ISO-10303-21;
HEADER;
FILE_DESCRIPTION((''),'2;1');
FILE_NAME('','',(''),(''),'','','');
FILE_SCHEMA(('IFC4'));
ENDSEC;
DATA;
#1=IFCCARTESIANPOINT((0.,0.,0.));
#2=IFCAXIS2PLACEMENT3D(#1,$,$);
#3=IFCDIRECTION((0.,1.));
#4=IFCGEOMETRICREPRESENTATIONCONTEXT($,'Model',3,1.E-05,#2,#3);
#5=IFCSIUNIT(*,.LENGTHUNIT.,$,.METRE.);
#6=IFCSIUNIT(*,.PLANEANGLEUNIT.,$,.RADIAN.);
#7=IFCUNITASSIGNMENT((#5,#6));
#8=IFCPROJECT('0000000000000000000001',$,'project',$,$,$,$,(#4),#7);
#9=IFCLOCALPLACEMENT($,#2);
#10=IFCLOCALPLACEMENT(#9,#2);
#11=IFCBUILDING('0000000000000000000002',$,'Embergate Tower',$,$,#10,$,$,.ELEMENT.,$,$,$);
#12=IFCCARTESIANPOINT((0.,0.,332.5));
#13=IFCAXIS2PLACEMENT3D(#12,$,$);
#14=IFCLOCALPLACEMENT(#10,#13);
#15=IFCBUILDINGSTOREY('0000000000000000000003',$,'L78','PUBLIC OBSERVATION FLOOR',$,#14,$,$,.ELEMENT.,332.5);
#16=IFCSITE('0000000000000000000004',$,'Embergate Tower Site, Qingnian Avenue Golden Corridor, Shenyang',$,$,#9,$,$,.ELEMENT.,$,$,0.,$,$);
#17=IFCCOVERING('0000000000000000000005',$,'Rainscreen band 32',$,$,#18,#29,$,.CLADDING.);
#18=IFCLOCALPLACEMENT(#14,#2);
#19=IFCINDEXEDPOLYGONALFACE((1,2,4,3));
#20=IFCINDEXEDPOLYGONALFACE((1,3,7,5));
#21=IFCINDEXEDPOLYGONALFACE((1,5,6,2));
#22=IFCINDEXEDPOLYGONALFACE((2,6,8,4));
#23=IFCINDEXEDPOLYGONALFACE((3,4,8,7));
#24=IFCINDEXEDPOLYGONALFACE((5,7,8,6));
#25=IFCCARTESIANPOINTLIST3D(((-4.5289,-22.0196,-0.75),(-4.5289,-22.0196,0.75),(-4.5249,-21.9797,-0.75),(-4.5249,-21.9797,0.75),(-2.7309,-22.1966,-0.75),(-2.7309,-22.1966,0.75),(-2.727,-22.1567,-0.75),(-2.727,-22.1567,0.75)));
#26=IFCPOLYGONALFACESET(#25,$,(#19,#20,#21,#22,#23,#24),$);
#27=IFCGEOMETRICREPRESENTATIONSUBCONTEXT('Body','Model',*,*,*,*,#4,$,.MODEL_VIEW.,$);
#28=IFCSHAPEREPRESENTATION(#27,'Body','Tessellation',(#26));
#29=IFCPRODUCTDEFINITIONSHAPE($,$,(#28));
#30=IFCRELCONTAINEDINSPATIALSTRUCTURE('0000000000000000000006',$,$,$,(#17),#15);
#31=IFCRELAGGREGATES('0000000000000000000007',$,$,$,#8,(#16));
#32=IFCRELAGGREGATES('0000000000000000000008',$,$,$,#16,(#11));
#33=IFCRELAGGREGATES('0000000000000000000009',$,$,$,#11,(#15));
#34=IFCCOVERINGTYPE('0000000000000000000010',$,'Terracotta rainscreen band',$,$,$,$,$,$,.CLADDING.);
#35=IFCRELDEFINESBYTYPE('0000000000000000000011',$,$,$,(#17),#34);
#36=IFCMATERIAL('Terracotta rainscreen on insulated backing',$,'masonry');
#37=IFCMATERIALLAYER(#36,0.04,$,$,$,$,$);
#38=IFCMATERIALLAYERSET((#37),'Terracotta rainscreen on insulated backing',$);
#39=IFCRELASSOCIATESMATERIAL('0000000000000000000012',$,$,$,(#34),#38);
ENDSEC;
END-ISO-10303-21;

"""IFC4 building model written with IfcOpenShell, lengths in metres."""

from ifc_helpers import new_model, si_unit, direction, frame, origin, origin_2d, place, context, subcontext, project, spatial, rectangle, extrude, source, transform, mapped, material, layer, layer_set, type_object, element, save


model = new_model("IFC4")

# Units and contexts
model_context = context("Model", 3, precision=1e-05, world=origin(), true_north=direction((0.0, 1.0)))
body_context = subcontext(model_context, "Body", "Model", "MODEL_VIEW")
ifc_project = project(units=[si_unit("LENGTHUNIT", "METRE"), si_unit("PLANEANGLEUNIT", "RADIAN")], contexts=[model_context])

# Site, building, storey
site_placement = place(None, origin())
site = spatial("IfcSite", under=ifc_project, at=site_placement, Name="Embergate Tower Site, Qingnian Avenue Golden Corridor, Shenyang", CompositionType="ELEMENT", RefElevation=0.0)
building_placement = place(site_placement, origin())
building = spatial("IfcBuilding", under=site, at=building_placement, Name="Embergate Tower", CompositionType="ELEMENT")
storey_placement = place(building_placement, frame((0.0, 0.0, 332.5)))
storey = spatial("IfcBuildingStorey", under=building, at=storey_placement, Name="L78", Description="PUBLIC OBSERVATION FLOOR", CompositionType="ELEMENT", Elevation=332.5)

# Covering
ifc_material_1 = material(Name="Terracotta rainscreen on insulated backing", Category="masonry")
ifc_layer_1 = layer(ifc_material_1, 0.04)
ifc_layer_set_1 = layer_set([ifc_layer_1], Name="Terracotta rainscreen on insulated backing")
covering_type = type_object("IfcCoveringType", Name="Terracotta rainscreen band", PredefinedType="CLADDING", material=ifc_layer_set_1)
shared_shape_1 = source(origin(), body_context, "Body", "SweptSolid", [
    extrude(rectangle(XDim=1.8066, YDim=0.04, at=origin_2d()), origin(), (0.0, 0.0, 1.0), 1.5),
])
covering_1_placement = place(storey_placement, frame((-3.6279, -22.0881, -0.75), z_axis=(0.0, 0.0, 1.0), x_axis=(0.99519, -0.097969, 0.0)))
element("IfcCovering", 1, at=covering_1_placement, inside=storey, type_object=covering_type, Name="Rainscreen band 32", PredefinedType="CLADDING", context=body_context, shape_type="MappedRepresentation", body=[
    mapped(shared_shape_1, transform((0.0, 0.0, 0.0))),
])

save(model, "model.ifc")
